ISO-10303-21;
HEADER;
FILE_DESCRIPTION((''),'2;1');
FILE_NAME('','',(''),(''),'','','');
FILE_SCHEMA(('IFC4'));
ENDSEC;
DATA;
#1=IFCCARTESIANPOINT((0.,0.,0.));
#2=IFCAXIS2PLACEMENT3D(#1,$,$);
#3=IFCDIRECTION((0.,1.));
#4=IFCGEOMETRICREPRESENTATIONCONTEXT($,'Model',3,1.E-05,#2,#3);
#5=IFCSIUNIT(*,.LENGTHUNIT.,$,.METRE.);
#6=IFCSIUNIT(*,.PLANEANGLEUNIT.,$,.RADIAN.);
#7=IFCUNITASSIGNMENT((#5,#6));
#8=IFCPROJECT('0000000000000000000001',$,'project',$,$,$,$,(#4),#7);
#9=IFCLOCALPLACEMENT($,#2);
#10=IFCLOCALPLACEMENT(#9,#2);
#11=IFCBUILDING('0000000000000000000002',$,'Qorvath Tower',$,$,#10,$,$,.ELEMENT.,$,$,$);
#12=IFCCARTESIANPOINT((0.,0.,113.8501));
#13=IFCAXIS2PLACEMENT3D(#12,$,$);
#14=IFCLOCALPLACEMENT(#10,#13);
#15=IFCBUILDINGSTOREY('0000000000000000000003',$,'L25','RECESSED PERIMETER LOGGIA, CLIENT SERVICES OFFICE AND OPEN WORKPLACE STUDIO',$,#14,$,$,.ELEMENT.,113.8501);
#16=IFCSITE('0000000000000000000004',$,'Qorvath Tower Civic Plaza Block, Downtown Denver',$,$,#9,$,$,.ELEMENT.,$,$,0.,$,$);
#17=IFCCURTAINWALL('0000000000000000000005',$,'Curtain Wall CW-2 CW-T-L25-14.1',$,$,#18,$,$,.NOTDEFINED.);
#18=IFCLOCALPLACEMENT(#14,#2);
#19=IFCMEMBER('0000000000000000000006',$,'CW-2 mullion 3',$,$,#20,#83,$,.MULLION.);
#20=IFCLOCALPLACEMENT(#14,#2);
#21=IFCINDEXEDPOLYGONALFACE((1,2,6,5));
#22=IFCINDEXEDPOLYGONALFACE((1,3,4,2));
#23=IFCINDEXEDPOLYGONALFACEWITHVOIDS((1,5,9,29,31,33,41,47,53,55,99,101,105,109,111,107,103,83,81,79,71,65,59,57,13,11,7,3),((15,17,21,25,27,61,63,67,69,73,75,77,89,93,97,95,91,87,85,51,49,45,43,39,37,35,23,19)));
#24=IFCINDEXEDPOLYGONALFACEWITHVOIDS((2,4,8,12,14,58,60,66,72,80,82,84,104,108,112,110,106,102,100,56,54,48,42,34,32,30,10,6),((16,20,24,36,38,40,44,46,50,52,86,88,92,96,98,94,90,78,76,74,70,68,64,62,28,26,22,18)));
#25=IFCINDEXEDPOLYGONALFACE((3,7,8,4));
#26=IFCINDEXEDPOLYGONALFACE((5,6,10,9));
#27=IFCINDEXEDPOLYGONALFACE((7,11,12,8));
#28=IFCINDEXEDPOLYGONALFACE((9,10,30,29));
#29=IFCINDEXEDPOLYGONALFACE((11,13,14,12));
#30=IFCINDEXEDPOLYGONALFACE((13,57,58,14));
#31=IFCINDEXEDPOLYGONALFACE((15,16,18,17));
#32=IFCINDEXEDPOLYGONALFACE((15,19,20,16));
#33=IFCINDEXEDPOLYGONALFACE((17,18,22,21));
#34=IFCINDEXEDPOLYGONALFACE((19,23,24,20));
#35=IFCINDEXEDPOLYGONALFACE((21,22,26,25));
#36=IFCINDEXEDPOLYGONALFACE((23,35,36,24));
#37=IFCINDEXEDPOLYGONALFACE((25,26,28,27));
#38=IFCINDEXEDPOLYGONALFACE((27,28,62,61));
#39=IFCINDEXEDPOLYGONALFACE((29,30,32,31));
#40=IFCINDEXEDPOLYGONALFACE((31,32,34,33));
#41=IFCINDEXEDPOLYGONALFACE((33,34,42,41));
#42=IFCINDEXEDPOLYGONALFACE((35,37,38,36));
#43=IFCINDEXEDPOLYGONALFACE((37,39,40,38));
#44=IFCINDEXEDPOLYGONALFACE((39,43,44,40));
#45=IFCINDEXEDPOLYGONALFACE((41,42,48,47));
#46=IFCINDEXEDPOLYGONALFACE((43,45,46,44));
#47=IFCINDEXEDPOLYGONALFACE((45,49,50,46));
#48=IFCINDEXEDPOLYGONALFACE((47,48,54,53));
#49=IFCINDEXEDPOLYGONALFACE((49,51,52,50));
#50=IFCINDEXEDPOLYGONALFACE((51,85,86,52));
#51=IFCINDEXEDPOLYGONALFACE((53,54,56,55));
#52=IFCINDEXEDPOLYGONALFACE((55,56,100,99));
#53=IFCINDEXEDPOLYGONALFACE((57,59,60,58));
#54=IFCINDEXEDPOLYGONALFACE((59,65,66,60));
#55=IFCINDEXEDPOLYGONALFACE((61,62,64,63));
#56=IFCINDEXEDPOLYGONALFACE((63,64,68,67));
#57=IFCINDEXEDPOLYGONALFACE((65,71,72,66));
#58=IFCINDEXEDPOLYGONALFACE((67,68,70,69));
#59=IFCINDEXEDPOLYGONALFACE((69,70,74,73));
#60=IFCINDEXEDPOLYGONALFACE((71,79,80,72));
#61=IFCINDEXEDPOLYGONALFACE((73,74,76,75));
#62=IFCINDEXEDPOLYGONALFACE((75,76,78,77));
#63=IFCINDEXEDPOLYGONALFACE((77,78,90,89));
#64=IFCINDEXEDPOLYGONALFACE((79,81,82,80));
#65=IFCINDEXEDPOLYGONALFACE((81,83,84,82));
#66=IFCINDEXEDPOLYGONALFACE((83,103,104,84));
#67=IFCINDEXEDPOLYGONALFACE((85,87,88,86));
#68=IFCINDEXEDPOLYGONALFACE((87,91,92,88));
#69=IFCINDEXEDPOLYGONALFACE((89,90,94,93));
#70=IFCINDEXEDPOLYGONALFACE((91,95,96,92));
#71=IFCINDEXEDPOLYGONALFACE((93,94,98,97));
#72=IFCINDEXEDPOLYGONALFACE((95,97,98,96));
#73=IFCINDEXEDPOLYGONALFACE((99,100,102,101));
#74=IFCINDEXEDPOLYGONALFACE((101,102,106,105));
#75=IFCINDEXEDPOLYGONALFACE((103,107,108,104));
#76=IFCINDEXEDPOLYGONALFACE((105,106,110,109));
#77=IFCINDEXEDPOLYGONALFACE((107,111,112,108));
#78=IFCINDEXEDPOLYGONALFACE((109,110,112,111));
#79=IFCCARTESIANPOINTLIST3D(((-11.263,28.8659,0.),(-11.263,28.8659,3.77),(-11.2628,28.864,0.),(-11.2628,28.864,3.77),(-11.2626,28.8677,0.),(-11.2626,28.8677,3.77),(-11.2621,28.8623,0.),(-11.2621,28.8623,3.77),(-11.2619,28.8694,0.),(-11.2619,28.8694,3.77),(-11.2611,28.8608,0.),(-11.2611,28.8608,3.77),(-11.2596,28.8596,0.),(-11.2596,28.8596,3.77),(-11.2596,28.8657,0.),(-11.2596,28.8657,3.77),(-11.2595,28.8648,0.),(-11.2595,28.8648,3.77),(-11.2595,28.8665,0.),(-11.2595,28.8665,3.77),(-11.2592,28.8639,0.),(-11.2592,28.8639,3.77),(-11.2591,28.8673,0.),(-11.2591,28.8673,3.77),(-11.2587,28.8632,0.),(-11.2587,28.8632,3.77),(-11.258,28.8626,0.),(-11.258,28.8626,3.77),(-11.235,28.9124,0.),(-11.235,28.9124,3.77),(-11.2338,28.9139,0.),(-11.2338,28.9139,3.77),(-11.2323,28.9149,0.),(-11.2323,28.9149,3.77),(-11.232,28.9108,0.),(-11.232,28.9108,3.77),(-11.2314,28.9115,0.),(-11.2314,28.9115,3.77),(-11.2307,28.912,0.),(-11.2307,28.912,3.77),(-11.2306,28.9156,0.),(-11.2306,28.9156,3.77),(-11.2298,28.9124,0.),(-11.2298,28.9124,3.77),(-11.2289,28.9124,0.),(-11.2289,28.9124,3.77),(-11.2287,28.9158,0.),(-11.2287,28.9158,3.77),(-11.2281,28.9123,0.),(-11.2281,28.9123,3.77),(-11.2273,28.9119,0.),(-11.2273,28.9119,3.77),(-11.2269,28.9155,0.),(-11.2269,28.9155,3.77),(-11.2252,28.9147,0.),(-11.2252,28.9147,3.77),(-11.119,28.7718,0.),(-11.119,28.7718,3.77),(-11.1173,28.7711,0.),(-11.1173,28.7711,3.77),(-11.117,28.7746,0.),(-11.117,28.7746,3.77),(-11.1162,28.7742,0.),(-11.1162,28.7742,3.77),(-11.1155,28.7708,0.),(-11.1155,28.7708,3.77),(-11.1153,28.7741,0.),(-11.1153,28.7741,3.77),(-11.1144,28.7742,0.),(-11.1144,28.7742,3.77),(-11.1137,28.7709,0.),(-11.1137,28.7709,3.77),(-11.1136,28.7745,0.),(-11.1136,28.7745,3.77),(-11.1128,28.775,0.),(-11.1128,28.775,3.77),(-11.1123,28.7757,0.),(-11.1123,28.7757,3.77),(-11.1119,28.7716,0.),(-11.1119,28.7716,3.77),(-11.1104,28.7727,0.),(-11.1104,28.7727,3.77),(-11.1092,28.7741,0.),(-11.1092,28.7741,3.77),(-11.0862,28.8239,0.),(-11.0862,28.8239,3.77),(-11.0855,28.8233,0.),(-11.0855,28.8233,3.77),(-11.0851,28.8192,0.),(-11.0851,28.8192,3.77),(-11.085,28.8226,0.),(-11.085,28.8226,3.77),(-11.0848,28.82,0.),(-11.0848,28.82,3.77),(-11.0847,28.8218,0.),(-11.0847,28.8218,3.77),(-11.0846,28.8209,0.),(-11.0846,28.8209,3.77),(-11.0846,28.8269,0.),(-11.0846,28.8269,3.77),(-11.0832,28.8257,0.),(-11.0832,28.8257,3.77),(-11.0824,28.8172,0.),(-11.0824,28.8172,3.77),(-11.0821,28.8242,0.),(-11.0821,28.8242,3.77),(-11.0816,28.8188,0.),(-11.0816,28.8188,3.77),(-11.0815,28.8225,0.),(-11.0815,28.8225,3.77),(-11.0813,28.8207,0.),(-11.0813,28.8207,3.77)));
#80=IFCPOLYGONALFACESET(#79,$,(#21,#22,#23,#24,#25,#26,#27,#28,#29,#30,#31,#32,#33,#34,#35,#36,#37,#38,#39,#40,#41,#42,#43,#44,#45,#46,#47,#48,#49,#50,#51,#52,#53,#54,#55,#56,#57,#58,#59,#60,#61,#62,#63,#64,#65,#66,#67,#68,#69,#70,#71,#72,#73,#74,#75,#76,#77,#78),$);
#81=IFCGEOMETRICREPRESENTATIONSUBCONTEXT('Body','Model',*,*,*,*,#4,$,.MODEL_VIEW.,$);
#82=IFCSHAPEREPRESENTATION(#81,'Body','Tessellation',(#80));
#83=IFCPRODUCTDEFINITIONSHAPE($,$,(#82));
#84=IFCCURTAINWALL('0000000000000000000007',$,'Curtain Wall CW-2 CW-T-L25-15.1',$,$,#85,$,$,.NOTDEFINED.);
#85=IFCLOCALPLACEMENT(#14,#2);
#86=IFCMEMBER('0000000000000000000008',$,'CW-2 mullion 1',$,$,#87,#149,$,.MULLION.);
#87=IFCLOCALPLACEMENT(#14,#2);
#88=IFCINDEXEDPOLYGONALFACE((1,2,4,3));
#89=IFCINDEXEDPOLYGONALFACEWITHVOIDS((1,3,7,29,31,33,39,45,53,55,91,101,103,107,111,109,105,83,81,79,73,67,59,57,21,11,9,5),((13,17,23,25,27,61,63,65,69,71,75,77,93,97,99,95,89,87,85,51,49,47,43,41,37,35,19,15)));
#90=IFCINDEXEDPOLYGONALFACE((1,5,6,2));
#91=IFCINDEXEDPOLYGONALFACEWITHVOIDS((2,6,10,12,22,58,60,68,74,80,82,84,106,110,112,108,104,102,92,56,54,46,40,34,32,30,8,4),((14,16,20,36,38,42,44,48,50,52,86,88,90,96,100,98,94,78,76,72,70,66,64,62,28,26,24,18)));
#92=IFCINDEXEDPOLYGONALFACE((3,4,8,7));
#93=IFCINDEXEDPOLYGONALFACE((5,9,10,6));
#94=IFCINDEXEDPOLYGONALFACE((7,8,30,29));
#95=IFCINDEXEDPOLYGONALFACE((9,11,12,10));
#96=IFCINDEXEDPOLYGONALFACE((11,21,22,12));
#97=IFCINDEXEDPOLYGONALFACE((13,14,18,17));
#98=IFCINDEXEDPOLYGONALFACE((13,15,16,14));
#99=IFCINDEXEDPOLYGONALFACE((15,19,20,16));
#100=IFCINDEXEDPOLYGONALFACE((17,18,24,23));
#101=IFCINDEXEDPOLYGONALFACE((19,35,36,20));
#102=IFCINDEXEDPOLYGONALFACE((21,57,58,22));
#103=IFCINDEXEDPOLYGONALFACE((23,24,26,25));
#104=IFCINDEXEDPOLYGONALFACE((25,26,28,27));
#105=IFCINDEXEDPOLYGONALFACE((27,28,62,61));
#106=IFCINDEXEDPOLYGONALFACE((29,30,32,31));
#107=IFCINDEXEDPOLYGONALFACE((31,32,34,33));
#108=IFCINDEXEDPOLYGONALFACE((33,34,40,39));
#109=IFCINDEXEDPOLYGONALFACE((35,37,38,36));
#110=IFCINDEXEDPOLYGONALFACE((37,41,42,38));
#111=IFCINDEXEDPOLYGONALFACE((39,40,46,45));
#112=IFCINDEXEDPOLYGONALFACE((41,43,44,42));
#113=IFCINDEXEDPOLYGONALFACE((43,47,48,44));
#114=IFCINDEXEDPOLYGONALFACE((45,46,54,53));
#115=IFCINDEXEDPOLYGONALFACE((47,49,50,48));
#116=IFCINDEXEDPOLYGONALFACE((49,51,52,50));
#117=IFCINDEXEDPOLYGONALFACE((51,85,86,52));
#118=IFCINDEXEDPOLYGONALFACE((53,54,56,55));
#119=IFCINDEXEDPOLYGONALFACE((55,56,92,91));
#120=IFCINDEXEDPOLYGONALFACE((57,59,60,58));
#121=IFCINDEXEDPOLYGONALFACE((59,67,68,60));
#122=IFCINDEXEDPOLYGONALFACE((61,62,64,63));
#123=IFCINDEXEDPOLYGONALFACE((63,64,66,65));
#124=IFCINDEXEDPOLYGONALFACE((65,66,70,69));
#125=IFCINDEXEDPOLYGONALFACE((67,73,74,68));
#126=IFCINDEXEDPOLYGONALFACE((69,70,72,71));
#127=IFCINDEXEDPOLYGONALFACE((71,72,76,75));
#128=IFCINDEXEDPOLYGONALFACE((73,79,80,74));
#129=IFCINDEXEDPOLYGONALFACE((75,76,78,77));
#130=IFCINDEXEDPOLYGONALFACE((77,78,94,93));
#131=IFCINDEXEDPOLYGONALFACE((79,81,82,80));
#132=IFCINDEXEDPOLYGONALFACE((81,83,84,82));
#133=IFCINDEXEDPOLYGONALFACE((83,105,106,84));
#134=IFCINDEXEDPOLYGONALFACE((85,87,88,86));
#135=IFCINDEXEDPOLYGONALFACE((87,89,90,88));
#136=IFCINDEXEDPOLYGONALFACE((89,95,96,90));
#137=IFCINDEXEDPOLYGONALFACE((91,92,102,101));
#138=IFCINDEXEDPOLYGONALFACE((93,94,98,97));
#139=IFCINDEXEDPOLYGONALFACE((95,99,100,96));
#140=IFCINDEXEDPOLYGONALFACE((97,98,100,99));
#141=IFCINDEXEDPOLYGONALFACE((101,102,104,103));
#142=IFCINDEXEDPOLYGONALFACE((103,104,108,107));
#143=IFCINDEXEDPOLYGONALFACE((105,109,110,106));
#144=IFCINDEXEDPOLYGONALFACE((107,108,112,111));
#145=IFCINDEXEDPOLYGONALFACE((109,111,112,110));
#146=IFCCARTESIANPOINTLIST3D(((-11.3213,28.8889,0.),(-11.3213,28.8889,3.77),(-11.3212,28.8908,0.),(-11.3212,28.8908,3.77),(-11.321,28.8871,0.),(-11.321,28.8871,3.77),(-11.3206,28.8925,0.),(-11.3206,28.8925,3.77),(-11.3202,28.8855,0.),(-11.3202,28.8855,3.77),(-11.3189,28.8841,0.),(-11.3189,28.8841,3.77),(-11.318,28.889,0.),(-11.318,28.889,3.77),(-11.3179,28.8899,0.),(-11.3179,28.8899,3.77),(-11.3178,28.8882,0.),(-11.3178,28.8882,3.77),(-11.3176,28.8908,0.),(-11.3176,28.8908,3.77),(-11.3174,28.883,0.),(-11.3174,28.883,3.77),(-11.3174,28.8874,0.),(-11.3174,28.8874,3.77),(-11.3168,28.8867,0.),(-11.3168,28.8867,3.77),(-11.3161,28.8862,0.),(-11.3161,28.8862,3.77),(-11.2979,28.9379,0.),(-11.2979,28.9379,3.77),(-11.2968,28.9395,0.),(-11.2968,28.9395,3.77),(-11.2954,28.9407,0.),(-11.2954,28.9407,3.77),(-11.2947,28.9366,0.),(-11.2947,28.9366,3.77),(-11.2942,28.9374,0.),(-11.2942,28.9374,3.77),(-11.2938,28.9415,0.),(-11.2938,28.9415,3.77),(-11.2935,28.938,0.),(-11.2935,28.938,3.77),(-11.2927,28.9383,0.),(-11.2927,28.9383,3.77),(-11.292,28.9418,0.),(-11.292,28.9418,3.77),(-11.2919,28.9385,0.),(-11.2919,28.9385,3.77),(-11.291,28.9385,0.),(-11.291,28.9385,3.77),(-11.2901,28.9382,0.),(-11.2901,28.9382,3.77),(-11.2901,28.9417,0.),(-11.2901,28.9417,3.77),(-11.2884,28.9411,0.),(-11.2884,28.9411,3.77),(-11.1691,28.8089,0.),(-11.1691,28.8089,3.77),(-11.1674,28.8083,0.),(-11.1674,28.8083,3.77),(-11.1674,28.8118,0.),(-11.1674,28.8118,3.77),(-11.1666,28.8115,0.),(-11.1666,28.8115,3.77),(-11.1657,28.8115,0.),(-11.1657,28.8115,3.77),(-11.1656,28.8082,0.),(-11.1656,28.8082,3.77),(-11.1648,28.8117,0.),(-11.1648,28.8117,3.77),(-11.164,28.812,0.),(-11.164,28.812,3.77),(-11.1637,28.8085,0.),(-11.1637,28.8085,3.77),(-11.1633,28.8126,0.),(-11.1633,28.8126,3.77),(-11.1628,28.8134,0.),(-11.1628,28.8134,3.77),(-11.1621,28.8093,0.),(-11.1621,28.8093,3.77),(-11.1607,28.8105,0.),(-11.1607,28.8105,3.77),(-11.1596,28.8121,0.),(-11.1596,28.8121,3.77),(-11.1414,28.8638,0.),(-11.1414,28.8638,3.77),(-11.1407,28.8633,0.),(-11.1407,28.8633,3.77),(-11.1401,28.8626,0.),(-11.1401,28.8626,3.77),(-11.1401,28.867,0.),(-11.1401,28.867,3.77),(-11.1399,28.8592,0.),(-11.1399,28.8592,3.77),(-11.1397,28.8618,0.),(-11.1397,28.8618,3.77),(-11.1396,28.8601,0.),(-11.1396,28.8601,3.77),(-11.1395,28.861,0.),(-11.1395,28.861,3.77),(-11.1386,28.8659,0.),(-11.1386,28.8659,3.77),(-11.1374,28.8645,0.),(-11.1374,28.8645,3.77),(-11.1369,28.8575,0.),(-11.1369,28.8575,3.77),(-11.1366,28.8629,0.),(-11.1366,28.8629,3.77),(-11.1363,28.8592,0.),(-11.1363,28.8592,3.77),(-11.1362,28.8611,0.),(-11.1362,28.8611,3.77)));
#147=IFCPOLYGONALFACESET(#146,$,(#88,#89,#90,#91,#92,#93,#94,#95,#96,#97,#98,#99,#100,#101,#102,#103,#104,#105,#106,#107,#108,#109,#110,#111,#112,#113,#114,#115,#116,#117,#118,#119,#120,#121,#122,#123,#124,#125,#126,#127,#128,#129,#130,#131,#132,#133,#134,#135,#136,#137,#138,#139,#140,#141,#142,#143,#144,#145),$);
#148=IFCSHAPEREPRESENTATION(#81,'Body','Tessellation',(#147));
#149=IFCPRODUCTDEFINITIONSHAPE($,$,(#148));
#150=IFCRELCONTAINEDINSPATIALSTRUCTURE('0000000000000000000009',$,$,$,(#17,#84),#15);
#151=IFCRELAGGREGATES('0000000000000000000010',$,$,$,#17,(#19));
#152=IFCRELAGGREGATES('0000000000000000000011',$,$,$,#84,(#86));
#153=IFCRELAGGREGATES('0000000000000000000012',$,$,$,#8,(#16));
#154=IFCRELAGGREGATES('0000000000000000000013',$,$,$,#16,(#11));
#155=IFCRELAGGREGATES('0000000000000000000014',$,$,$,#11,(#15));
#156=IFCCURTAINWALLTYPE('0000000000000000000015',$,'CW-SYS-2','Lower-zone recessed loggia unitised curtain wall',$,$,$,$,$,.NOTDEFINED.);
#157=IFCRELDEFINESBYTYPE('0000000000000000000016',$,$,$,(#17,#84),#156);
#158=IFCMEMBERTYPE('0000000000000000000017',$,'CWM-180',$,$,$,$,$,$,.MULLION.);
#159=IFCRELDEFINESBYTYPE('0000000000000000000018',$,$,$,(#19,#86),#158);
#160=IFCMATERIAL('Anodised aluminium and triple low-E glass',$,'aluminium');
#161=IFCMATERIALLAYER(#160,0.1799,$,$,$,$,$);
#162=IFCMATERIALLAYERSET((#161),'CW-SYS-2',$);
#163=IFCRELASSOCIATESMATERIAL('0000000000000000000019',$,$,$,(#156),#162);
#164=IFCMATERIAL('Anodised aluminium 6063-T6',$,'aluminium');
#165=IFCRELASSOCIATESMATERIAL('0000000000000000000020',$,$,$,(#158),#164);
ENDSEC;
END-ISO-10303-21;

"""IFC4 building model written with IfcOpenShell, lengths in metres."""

from ifc_helpers import new_model, si_unit, direction, frame, origin, origin_2d, place, context, subcontext, project, spatial, hollow_rectangle, extrude, material, layer, layer_set, material_profile, profile_set, type_object, element, aggregate, save


model = new_model("IFC4")

# Units and contexts
model_context = context("Model", 3, precision=1e-05, world=origin(), true_north=direction((0.0, 1.0)))
body_context = subcontext(model_context, "Body", "Model", "MODEL_VIEW")
ifc_project = project(units=[si_unit("LENGTHUNIT", "METRE"), si_unit("PLANEANGLEUNIT", "RADIAN")], contexts=[model_context])

# Site, building, storey
site_placement = place(None, origin())
site = spatial("IfcSite", under=ifc_project, at=site_placement, Name="Qorvath Tower Civic Plaza Block, Downtown Denver", CompositionType="ELEMENT", RefElevation=0.0)
building_placement = place(site_placement, origin())
building = spatial("IfcBuilding", under=site, at=building_placement, Name="Qorvath Tower", CompositionType="ELEMENT")
storey_placement = place(building_placement, frame((0.0, 0.0, 113.8501)))
storey = spatial("IfcBuildingStorey", under=building, at=storey_placement, Name="L25", Description="RECESSED PERIMETER LOGGIA, CLIENT SERVICES OFFICE AND OPEN WORKPLACE STUDIO", CompositionType="ELEMENT", Elevation=113.8501)

# Shared definitions
ifc_material_1 = material(Name="Anodised aluminium and triple low-E glass", Category="aluminium")
ifc_layer_1 = layer(ifc_material_1, 0.1799)
ifc_layer_set_1 = layer_set([ifc_layer_1], Name="CW-SYS-2")
curtain_wall_type = type_object("IfcCurtainWallType", Name="CW-SYS-2", Description="Lower-zone recessed loggia unitised curtain wall", PredefinedType="NOTDEFINED", material=ifc_layer_set_1)
ifc_material_2 = material(Name="Anodised aluminium 6063-T6", Category="aluminium")
ifc_material_profile_1 = material_profile(ifc_material_2, hollow_rectangle(XDim=0.0649, YDim=0.1799, WallThickness=0.0034, InnerFilletRadius=0.0034, OuterFilletRadius=0.0071, at=origin_2d()), Name="CWM 180x65")
ifc_profile_set_1 = profile_set([ifc_material_profile_1], Name="Anodised aluminium 6063-T6")
member_type_1 = type_object("IfcMemberType", Name="CWM-180", PredefinedType="MULLION", material=ifc_profile_set_1)

# Curtain walls, members
curtain_wall_1_placement = place(storey_placement, origin())
curtain_wall_1 = element("IfcCurtainWall", 1, at=curtain_wall_1_placement, inside=storey, type_object=curtain_wall_type, Name="Curtain Wall CW-2 CW-T-L25-14.1", PredefinedType="NOTDEFINED")
member_1_placement = place(storey_placement, frame((-11.1721, 28.8433, 0.0), z_axis=(0.0, 0.0, 1.0), x_axis=(-0.529549, -0.84828, 0.0)))
member_1 = element("IfcMember", 2, at=member_1_placement, type_object=member_type_1, Name="CW-2 mullion 3", PredefinedType="MULLION", context=body_context, shape_type="SweptSolid", body=[
    extrude(hollow_rectangle(XDim=0.0649, YDim=0.1799, WallThickness=0.0034, InnerFilletRadius=0.0034, OuterFilletRadius=0.0071, at=origin_2d()), origin(), (0.0, 0.0, 1.0), 3.77),
])
curtain_wall_2_placement = place(storey_placement, origin())
curtain_wall_2 = element("IfcCurtainWall", 3, at=curtain_wall_2_placement, inside=storey, type_object=curtain_wall_type, Name="Curtain Wall CW-2 CW-T-L25-15.1", PredefinedType="NOTDEFINED")
member_2_placement = place(storey_placement, frame((-11.2288, 28.875, 0.0), z_axis=(0.0, 0.0, 1.0), x_axis=(-0.447181, -0.894443, 0.0)))
member_2 = element("IfcMember", 4, at=member_2_placement, type_object=member_type_1, Name="CW-2 mullion 1", PredefinedType="MULLION", context=body_context, shape_type="SweptSolid", body=[
    extrude(hollow_rectangle(XDim=0.0649, YDim=0.1799, WallThickness=0.0034, InnerFilletRadius=0.0034, OuterFilletRadius=0.0071, at=origin_2d()), origin(), (0.0, 0.0, 1.0), 3.77),
])

aggregate(curtain_wall_1, [member_1])
aggregate(curtain_wall_2, [member_2])

save(model, "model.ifc")
